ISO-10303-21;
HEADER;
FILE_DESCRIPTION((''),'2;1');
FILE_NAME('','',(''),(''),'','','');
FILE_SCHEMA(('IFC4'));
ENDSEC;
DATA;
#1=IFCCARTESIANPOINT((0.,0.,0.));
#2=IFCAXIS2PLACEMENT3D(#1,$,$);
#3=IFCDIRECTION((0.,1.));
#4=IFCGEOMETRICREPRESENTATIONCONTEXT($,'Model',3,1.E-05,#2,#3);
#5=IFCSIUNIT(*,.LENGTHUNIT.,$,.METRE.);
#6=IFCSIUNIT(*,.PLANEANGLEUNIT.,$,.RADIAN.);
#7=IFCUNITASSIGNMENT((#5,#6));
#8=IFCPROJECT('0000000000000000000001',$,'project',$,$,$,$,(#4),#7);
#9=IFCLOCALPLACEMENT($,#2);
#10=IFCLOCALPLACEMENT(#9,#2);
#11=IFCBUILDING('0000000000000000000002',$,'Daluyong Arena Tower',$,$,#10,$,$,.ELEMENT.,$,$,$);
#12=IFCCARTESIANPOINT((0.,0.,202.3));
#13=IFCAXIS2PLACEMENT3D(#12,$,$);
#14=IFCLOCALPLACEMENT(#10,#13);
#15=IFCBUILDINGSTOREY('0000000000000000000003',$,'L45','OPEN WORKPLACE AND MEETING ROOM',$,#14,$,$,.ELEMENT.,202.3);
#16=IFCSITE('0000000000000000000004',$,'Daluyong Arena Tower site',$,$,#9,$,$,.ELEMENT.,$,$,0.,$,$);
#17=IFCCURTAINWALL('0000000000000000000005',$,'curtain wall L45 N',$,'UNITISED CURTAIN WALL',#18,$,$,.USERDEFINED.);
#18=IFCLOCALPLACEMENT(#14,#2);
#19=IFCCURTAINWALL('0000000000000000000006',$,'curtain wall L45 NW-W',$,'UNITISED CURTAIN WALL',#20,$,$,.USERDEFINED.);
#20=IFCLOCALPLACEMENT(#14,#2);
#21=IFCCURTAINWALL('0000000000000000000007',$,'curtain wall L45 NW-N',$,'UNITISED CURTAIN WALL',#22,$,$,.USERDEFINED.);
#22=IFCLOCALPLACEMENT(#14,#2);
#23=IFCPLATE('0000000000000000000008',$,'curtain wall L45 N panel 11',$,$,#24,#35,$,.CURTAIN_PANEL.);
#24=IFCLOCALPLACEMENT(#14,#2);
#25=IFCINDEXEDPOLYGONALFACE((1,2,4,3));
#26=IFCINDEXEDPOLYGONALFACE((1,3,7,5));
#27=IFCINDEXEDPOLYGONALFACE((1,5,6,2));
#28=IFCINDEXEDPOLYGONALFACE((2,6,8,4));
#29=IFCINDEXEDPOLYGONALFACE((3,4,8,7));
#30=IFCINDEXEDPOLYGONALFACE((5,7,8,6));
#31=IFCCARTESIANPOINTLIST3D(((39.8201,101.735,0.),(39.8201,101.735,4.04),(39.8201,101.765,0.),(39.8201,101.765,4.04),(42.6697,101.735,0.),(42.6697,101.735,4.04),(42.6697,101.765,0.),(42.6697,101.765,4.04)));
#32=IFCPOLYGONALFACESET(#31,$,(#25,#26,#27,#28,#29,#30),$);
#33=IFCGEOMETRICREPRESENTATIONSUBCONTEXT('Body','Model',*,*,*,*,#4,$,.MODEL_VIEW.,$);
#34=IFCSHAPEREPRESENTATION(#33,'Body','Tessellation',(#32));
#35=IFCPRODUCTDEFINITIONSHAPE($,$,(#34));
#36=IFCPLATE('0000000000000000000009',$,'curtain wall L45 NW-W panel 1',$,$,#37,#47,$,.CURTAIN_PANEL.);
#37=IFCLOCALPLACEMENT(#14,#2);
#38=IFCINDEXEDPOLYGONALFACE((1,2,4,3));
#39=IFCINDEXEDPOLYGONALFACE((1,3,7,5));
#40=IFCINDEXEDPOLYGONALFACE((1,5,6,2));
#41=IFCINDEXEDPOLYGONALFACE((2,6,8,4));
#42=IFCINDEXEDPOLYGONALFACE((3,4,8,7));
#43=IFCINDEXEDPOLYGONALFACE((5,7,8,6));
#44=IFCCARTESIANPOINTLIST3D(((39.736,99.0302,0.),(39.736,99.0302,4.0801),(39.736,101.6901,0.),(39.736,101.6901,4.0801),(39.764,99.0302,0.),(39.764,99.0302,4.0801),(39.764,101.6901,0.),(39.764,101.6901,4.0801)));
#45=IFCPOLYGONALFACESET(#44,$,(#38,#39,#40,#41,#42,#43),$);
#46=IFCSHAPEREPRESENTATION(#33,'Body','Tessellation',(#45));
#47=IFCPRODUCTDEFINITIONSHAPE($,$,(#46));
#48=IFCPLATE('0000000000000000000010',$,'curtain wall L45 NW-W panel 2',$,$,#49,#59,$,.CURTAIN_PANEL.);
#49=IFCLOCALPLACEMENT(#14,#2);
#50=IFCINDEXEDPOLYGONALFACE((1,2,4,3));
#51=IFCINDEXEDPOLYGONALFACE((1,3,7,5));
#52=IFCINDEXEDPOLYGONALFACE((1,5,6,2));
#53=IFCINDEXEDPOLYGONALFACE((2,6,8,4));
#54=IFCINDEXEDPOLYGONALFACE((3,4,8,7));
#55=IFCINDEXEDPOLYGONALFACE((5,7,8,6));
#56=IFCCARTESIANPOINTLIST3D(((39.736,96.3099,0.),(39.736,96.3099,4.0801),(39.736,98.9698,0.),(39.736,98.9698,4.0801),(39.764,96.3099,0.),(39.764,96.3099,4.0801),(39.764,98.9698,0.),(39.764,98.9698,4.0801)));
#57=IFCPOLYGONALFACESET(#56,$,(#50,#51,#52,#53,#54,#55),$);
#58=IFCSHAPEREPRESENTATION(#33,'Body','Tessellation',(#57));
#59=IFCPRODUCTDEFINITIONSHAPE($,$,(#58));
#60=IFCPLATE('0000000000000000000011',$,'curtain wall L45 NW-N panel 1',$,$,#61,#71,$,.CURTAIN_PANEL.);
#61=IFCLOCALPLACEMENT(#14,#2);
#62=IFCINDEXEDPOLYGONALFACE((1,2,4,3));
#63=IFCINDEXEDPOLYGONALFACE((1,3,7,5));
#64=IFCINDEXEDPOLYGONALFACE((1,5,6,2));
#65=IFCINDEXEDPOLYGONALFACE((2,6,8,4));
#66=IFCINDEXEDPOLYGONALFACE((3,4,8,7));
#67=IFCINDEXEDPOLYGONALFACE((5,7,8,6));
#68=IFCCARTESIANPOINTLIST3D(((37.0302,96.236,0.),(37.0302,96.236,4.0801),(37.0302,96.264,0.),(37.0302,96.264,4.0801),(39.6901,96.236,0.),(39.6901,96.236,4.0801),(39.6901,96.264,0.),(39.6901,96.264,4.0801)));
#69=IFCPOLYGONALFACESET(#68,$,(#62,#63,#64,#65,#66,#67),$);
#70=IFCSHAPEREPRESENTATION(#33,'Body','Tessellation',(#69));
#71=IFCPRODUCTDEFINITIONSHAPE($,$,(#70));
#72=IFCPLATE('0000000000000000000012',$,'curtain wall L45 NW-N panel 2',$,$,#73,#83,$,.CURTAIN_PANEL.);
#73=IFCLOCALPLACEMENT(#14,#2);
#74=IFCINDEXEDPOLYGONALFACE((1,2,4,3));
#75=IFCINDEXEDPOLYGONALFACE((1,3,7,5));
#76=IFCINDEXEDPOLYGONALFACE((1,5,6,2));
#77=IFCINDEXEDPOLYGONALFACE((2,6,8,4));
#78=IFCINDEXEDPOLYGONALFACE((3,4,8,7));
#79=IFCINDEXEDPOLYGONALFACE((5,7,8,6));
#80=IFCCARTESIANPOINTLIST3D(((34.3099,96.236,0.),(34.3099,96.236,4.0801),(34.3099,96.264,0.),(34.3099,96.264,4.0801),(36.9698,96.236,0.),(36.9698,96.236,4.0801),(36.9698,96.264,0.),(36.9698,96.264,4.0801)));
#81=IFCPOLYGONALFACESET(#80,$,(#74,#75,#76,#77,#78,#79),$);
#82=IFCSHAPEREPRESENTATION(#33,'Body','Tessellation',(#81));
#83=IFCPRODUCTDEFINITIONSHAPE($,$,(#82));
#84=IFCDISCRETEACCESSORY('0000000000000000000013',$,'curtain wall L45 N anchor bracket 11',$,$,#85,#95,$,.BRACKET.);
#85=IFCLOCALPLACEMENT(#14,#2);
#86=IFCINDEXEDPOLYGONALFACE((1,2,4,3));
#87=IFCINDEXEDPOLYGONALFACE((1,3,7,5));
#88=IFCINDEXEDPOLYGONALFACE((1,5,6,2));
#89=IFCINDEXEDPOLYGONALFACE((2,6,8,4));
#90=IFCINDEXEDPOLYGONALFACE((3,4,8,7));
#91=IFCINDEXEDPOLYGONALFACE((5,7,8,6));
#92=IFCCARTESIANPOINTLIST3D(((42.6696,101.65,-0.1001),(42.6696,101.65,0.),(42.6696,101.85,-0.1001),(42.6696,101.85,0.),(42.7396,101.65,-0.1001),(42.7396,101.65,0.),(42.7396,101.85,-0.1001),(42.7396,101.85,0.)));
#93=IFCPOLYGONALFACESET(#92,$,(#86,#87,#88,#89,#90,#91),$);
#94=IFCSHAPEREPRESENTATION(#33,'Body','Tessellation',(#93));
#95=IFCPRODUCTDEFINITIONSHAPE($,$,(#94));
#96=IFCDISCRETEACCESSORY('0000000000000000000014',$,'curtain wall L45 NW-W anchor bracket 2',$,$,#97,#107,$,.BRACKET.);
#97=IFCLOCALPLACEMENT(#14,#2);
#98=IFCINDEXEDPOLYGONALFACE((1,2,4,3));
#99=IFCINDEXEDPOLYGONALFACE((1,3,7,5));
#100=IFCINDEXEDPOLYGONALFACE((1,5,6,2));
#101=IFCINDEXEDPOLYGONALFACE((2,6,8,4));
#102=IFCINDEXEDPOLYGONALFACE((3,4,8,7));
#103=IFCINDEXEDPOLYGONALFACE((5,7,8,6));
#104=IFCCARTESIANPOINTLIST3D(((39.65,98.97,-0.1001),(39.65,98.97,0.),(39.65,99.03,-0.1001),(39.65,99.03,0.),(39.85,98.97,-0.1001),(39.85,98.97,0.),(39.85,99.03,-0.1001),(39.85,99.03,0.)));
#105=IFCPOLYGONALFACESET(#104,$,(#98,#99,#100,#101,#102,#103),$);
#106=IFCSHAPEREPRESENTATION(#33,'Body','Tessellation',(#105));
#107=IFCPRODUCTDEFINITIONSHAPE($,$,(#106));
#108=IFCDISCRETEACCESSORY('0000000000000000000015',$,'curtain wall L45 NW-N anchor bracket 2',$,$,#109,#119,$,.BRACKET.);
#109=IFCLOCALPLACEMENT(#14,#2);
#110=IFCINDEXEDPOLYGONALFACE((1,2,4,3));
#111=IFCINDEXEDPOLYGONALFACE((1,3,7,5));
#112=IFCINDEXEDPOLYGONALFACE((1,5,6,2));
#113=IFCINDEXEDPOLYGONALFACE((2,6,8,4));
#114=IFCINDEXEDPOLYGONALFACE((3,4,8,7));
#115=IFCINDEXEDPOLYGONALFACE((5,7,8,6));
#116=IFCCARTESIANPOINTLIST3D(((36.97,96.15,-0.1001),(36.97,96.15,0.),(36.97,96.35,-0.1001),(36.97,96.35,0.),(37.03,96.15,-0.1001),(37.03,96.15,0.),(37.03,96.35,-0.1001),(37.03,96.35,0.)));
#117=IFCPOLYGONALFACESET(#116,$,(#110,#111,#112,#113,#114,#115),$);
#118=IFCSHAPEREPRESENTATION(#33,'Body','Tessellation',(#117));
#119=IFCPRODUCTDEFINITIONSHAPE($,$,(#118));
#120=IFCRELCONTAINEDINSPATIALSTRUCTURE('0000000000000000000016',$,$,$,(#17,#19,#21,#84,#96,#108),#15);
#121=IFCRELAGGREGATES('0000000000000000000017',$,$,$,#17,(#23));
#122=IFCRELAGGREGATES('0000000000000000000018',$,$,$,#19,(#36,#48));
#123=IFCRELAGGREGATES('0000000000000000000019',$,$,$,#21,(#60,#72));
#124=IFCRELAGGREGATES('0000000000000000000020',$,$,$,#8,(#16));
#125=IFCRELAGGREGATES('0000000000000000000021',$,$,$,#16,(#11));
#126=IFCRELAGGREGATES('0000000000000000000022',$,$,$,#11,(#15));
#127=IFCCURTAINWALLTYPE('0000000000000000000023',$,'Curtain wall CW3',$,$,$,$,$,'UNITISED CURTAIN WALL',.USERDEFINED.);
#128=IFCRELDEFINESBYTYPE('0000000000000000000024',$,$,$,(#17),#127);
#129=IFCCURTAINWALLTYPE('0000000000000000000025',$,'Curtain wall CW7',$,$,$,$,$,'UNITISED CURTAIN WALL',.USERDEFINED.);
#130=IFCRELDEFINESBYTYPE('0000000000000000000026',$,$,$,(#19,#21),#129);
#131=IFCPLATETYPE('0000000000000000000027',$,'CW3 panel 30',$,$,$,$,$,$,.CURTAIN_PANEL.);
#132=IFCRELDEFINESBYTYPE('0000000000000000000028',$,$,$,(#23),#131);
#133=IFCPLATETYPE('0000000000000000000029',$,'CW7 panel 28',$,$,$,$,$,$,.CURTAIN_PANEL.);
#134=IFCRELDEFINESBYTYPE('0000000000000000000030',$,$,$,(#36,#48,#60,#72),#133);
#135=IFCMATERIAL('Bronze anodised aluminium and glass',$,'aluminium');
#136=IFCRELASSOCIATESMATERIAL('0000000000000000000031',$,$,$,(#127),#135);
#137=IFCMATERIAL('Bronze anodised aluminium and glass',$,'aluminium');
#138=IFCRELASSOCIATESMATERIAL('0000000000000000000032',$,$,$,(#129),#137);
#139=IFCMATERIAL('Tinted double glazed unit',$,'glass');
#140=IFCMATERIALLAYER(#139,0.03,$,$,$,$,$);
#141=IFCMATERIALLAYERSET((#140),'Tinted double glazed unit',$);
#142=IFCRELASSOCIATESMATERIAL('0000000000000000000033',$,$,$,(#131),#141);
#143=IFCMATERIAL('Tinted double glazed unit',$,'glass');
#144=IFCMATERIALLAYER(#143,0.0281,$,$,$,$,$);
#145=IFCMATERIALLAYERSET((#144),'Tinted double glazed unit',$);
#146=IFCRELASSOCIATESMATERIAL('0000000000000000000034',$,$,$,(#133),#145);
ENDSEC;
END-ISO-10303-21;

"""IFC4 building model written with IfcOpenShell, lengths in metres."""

from ifc_helpers import new_model, si_unit, direction, frame, origin, origin_2d, place, context, subcontext, project, spatial, rectangle, extrude, material, layer, layer_set, type_object, element, aggregate, save


model = new_model("IFC4")

# Units and contexts
model_context = context("Model", 3, precision=1e-05, world=origin(), true_north=direction((0.0, 1.0)))
body_context = subcontext(model_context, "Body", "Model", "MODEL_VIEW")
ifc_project = project(units=[si_unit("LENGTHUNIT", "METRE"), si_unit("PLANEANGLEUNIT", "RADIAN")], contexts=[model_context])

# Site, building, storey
site_placement = place(None, origin())
site = spatial("IfcSite", under=ifc_project, at=site_placement, Name="Daluyong Arena Tower site", CompositionType="ELEMENT", RefElevation=0.0)
building_placement = place(site_placement, origin())
building = spatial("IfcBuilding", under=site, at=building_placement, Name="Daluyong Arena Tower", CompositionType="ELEMENT")
storey_placement = place(building_placement, frame((0.0, 0.0, 202.3)))
storey = spatial("IfcBuildingStorey", under=building, at=storey_placement, Name="L45", Description="OPEN WORKPLACE AND MEETING ROOM", CompositionType="ELEMENT", Elevation=202.3)

# Curtain wall
ifc_material_1 = material(Name="Bronze anodised aluminium and glass", Category="aluminium")
curtain_wall_type_1 = type_object("IfcCurtainWallType", Name="Curtain wall CW3", ElementType="UNITISED CURTAIN WALL", PredefinedType="USERDEFINED", material=ifc_material_1)
curtain_wall_1_placement = place(storey_placement, origin())
curtain_wall_1 = element("IfcCurtainWall", 1, at=curtain_wall_1_placement, inside=storey, type_object=curtain_wall_type_1, Name="curtain wall L45 N", ObjectType="UNITISED CURTAIN WALL", PredefinedType="USERDEFINED")

# Curtain walls
ifc_material_2 = material(Name="Bronze anodised aluminium and glass", Category="aluminium")
curtain_wall_type_2 = type_object("IfcCurtainWallType", Name="Curtain wall CW7", ElementType="UNITISED CURTAIN WALL", PredefinedType="USERDEFINED", material=ifc_material_2)
curtain_wall_2_placement = place(storey_placement, origin())
curtain_wall_2 = element("IfcCurtainWall", 2, at=curtain_wall_2_placement, inside=storey, type_object=curtain_wall_type_2, Name="curtain wall L45 NW-W", ObjectType="UNITISED CURTAIN WALL", PredefinedType="USERDEFINED")
curtain_wall_3_placement = place(storey_placement, origin())
curtain_wall_3 = element("IfcCurtainWall", 3, at=curtain_wall_3_placement, inside=storey, type_object=curtain_wall_type_2, Name="curtain wall L45 NW-N", ObjectType="UNITISED CURTAIN WALL", PredefinedType="USERDEFINED")

# Plates
ifc_material_3 = material(Name="Tinted double glazed unit", Category="glass")
ifc_layer_1 = layer(ifc_material_3, 0.03)
ifc_layer_set_1 = layer_set([ifc_layer_1], Name="Tinted double glazed unit")
plate_type_1 = type_object("IfcPlateType", Name="CW3 panel 30", PredefinedType="CURTAIN_PANEL", material=ifc_layer_set_1)
plate_1_placement = place(storey_placement, frame((41.2449, 101.75, 0.0), z_axis=(0.0, 0.0, 1.0), x_axis=(-1.0, 0.0, 0.0)))
plate_1 = element("IfcPlate", 4, at=plate_1_placement, type_object=plate_type_1, Name="curtain wall L45 N panel 11", PredefinedType="CURTAIN_PANEL", context=body_context, shape_type="SweptSolid", body=[
    extrude(rectangle(XDim=2.8496, YDim=0.03, at=origin_2d()), origin(), (0.0, 0.0, 1.0), 4.04),
])
aggregate(curtain_wall_1, [plate_1])
ifc_material_4 = material(Name="Tinted double glazed unit", Category="glass")
ifc_layer_2 = layer(ifc_material_4, 0.0281)
ifc_layer_set_2 = layer_set([ifc_layer_2], Name="Tinted double glazed unit")
plate_type_2 = type_object("IfcPlateType", Name="CW7 panel 28", PredefinedType="CURTAIN_PANEL", material=ifc_layer_set_2)
plate_2_placement = place(storey_placement, frame((39.75, 100.3601, 0.0), z_axis=(0.0, 0.0, 1.0), x_axis=(0.0, -1.0, 0.0)))
plate_2 = element("IfcPlate", 5, at=plate_2_placement, type_object=plate_type_2, Name="curtain wall L45 NW-W panel 1", PredefinedType="CURTAIN_PANEL", context=body_context, shape_type="SweptSolid", body=[
    extrude(rectangle(XDim=2.6599, YDim=0.0281, at=origin_2d()), origin(), (0.0, 0.0, 1.0), 4.0801),
])
plate_3_placement = place(storey_placement, frame((39.75, 97.6399, 0.0), z_axis=(0.0, 0.0, 1.0), x_axis=(0.0, -1.0, 0.0)))
plate_3 = element("IfcPlate", 6, at=plate_3_placement, type_object=plate_type_2, Name="curtain wall L45 NW-W panel 2", PredefinedType="CURTAIN_PANEL", context=body_context, shape_type="SweptSolid", body=[
    extrude(rectangle(XDim=2.6599, YDim=0.0281, at=origin_2d()), origin(), (0.0, 0.0, 1.0), 4.0801),
])
aggregate(curtain_wall_2, [plate_2, plate_3])
plate_4_placement = place(storey_placement, frame((38.3601, 96.25, 0.0), z_axis=(0.0, 0.0, 1.0), x_axis=(-1.0, 0.0, 0.0)))
plate_4 = element("IfcPlate", 7, at=plate_4_placement, type_object=plate_type_2, Name="curtain wall L45 NW-N panel 1", PredefinedType="CURTAIN_PANEL", context=body_context, shape_type="SweptSolid", body=[
    extrude(rectangle(XDim=2.6599, YDim=0.0281, at=origin_2d()), origin(), (0.0, 0.0, 1.0), 4.0801),
])
plate_5_placement = place(storey_placement, frame((35.6399, 96.25, 0.0), z_axis=(0.0, 0.0, 1.0), x_axis=(-1.0, 0.0, 0.0)))
plate_5 = element("IfcPlate", 8, at=plate_5_placement, type_object=plate_type_2, Name="curtain wall L45 NW-N panel 2", PredefinedType="CURTAIN_PANEL", context=body_context, shape_type="SweptSolid", body=[
    extrude(rectangle(XDim=2.6599, YDim=0.0281, at=origin_2d()), origin(), (0.0, 0.0, 1.0), 4.0801),
])
aggregate(curtain_wall_3, [plate_4, plate_5])

# Discrete accessories
discrete_accessory_placement = place(storey_placement, frame((42.7046, 101.75, -0.1001), z_axis=(0.0, 0.0, 1.0), x_axis=(-1.0, 0.0, 0.0)))
element("IfcDiscreteAccessory", 9, at=discrete_accessory_placement, inside=storey, Name="curtain wall L45 N anchor bracket 11", PredefinedType="BRACKET", context=body_context, shape_type="SweptSolid", body=[
    extrude(rectangle(XDim=0.0701, YDim=0.2, at=origin_2d()), origin(), (0.0, 0.0, 1.0), 0.1001),
])
for number, where, z_axis, x_axis, name in (
    (10, (39.75, 99.0, -0.1001), (0.0, 0.0, 1.0), (0.0, -1.0, 0.0), "curtain wall L45 NW-W anchor bracket 2"),
    (11, (37.0, 96.25, -0.1001), (0.0, 0.0, 1.0), (-1.0, 0.0, 0.0), "curtain wall L45 NW-N anchor bracket 2"),
):
    element("IfcDiscreteAccessory", number, at=place(storey_placement, frame(where, z_axis=z_axis, x_axis=x_axis)), inside=storey, Name=name, PredefinedType="BRACKET", context=body_context, shape_type="SweptSolid", body=[
        extrude(rectangle(XDim=0.0601, YDim=0.2, at=origin_2d()), origin(), (0.0, 0.0, 1.0), 0.1001),
    ])

save(model, "model.ifc")
